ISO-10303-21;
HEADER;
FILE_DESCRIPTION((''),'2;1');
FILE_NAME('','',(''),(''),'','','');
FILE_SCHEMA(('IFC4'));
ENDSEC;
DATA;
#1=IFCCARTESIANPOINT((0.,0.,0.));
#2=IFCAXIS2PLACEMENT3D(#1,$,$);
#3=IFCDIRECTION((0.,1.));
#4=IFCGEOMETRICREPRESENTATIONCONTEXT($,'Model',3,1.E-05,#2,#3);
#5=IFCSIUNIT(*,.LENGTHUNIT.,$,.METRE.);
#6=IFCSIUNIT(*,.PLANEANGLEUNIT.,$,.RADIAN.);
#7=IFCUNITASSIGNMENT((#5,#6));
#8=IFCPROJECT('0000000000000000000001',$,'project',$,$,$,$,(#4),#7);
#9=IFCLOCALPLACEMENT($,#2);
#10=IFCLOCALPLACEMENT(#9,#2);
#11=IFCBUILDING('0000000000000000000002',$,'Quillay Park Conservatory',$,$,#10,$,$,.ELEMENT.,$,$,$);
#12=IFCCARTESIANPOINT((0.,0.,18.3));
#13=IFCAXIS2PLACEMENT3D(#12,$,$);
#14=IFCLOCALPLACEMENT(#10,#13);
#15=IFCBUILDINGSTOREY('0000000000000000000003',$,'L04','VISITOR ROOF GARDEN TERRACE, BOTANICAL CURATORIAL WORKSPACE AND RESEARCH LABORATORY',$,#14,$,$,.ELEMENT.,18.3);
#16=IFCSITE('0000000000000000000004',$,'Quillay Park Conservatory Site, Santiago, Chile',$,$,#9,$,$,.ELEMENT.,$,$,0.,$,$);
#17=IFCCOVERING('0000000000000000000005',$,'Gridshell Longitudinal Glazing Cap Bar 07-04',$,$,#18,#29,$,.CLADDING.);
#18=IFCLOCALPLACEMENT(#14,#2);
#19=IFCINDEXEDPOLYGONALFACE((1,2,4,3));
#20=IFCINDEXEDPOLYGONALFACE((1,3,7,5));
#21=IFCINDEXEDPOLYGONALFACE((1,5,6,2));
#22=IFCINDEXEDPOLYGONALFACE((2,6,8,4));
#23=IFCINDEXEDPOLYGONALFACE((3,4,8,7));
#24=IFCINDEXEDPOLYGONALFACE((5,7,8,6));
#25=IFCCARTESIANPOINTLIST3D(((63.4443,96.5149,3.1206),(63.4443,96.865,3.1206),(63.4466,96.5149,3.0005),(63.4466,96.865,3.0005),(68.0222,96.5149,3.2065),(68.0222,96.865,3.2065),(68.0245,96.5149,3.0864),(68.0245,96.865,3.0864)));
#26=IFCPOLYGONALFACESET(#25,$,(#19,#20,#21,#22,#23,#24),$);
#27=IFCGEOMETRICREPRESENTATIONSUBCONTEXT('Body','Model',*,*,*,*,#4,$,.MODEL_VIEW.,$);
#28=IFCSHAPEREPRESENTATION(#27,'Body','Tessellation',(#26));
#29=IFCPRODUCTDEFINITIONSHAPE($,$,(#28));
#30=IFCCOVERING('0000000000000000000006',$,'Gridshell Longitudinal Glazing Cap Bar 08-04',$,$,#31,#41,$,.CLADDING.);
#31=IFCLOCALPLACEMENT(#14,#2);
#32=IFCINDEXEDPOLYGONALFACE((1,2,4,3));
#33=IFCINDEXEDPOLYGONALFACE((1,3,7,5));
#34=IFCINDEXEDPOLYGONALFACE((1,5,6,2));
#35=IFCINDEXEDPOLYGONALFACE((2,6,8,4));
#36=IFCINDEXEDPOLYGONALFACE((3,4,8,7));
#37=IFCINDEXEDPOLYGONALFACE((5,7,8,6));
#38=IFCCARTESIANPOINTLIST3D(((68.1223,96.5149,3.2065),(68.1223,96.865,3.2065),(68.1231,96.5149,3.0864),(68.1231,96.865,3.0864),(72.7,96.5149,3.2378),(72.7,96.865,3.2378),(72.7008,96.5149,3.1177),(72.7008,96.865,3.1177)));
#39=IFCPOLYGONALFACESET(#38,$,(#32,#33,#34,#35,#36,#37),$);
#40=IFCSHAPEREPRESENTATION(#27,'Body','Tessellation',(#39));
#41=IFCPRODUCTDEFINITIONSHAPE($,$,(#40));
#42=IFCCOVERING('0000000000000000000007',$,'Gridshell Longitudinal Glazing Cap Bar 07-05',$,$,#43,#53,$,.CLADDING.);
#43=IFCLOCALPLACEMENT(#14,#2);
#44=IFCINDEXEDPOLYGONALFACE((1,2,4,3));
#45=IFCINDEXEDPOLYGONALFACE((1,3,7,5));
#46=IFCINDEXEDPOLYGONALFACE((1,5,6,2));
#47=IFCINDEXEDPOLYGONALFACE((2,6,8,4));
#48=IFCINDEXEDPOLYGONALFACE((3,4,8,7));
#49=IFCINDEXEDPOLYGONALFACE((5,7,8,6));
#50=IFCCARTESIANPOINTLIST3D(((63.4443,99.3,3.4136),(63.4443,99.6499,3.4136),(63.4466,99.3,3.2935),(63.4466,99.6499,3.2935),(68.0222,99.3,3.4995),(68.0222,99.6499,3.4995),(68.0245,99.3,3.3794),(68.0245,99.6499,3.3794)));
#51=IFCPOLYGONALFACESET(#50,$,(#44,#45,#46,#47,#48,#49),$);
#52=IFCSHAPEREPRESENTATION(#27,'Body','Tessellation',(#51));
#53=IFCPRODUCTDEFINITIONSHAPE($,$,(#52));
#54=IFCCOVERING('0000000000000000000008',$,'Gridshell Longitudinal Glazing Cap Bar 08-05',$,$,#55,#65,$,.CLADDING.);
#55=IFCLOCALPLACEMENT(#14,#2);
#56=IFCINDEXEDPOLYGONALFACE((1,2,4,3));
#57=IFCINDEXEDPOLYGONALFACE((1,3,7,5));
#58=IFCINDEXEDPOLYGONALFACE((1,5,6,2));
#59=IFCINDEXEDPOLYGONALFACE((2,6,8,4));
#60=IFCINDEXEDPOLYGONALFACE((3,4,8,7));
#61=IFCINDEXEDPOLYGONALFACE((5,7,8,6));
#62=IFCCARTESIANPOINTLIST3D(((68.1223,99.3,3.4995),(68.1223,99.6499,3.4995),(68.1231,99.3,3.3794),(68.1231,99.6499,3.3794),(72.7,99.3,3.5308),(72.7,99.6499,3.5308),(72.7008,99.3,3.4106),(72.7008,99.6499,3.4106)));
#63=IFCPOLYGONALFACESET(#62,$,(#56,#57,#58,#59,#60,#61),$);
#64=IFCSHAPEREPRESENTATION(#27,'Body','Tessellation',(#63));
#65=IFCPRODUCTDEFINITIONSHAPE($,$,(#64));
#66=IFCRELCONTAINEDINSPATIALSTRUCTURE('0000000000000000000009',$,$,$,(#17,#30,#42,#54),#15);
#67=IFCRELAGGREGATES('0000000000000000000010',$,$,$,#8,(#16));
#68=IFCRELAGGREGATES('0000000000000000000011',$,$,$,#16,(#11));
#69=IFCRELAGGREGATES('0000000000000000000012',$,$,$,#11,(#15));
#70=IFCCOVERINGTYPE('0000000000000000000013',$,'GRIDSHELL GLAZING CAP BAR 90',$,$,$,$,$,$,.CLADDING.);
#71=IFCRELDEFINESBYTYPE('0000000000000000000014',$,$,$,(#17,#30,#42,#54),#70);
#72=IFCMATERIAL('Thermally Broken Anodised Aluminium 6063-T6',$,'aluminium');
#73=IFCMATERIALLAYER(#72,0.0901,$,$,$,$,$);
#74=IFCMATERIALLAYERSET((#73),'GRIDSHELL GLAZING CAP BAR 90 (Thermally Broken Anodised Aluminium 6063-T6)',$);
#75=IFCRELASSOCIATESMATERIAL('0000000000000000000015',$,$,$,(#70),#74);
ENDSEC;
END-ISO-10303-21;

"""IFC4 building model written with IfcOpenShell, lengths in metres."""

from ifc_helpers import new_model, si_unit, direction, frame, origin, place, context, subcontext, project, spatial, polyline, outline, extrude, material, layer, layer_set, type_object, element, save


model = new_model("IFC4")

# Units and contexts
model_context = context("Model", 3, precision=1e-05, world=origin(), true_north=direction((0.0, 1.0)))
body_context = subcontext(model_context, "Body", "Model", "MODEL_VIEW")
ifc_project = project(units=[si_unit("LENGTHUNIT", "METRE"), si_unit("PLANEANGLEUNIT", "RADIAN")], contexts=[model_context])

# Site, building, storey
site_placement = place(None, origin())
site = spatial("IfcSite", under=ifc_project, at=site_placement, Name="Quillay Park Conservatory Site, Santiago, Chile", CompositionType="ELEMENT", RefElevation=0.0)
building_placement = place(site_placement, origin())
building = spatial("IfcBuilding", under=site, at=building_placement, Name="Quillay Park Conservatory", CompositionType="ELEMENT")
storey_placement = place(building_placement, frame((0.0, 0.0, 18.3)))
storey = spatial("IfcBuildingStorey", under=building, at=storey_placement, Name="L04", Description="VISITOR ROOF GARDEN TERRACE, BOTANICAL CURATORIAL WORKSPACE AND RESEARCH LABORATORY", CompositionType="ELEMENT", Elevation=18.3)

# Coverings
ifc_material_1 = material(Name="Thermally Broken Anodised Aluminium 6063-T6", Category="aluminium")
ifc_layer_1 = layer(ifc_material_1, 0.0901)
ifc_layer_set_1 = layer_set([ifc_layer_1], Name="GRIDSHELL GLAZING CAP BAR 90 (Thermally Broken Anodised Aluminium 6063-T6)")
covering_type = type_object("IfcCoveringType", Name="GRIDSHELL GLAZING CAP BAR 90", PredefinedType="CLADDING", material=ifc_layer_set_1)
covering_1_placement = place(storey_placement, frame((63.4443, 96.5149, 3.1206), z_axis=(-0.018769, 0.0, 0.999824), x_axis=(0.999824, 0.0, 0.018769)))
element("IfcCovering", 1, at=covering_1_placement, inside=storey, type_object=covering_type, Name="Gridshell Longitudinal Glazing Cap Bar 07-04", PredefinedType="CLADDING", context=body_context, shape_type="SweptSolid", body=[
    extrude(outline(polyline([(0.0, 0.0), (4.5787, 0.0), (4.5787, 0.3501), (0.0, 0.3501), (0.0, 0.0)])), origin(), (0.0, 0.0, -1.0), 0.1201),
])
covering_2_placement = place(storey_placement, frame((68.1223, 96.5149, 3.2065), z_axis=(-0.006827, 0.0, 0.999977), x_axis=(0.999977, 0.0, 0.006827)))
element("IfcCovering", 2, at=covering_2_placement, inside=storey, type_object=covering_type, Name="Gridshell Longitudinal Glazing Cap Bar 08-04", PredefinedType="CLADDING", context=body_context, shape_type="SweptSolid", body=[
    extrude(outline(polyline([(0.0, 0.0), (4.5777, 0.0), (4.5777, 0.3501), (0.0, 0.3501), (0.0, 0.0)])), origin(), (0.0, 0.0, -1.0), 0.1201),
])
covering_3_placement = place(storey_placement, frame((63.4443, 99.3, 3.4136), z_axis=(-0.018769, 0.0, 0.999824), x_axis=(0.999824, 0.0, 0.018769)))
element("IfcCovering", 3, at=covering_3_placement, inside=storey, type_object=covering_type, Name="Gridshell Longitudinal Glazing Cap Bar 07-05", PredefinedType="CLADDING", context=body_context, shape_type="SweptSolid", body=[
    extrude(outline(polyline([(0.0, 0.0), (4.5787, 0.0), (4.5787, 0.3499), (0.0, 0.3499), (0.0, 0.0)])), origin(), (0.0, 0.0, -1.0), 0.1201),
])
covering_4_placement = place(storey_placement, frame((68.1223, 99.3, 3.4995), z_axis=(-0.006827, 0.0, 0.999977), x_axis=(0.999977, 0.0, 0.006827)))
element("IfcCovering", 4, at=covering_4_placement, inside=storey, type_object=covering_type, Name="Gridshell Longitudinal Glazing Cap Bar 08-05", PredefinedType="CLADDING", context=body_context, shape_type="SweptSolid", body=[
    extrude(outline(polyline([(0.0, 0.0), (4.5777, 0.0), (4.5777, 0.3499), (0.0, 0.3499), (0.0, 0.0)])), origin(), (0.0, 0.0, -1.0), 0.1201),
])

save(model, "model.ifc")
